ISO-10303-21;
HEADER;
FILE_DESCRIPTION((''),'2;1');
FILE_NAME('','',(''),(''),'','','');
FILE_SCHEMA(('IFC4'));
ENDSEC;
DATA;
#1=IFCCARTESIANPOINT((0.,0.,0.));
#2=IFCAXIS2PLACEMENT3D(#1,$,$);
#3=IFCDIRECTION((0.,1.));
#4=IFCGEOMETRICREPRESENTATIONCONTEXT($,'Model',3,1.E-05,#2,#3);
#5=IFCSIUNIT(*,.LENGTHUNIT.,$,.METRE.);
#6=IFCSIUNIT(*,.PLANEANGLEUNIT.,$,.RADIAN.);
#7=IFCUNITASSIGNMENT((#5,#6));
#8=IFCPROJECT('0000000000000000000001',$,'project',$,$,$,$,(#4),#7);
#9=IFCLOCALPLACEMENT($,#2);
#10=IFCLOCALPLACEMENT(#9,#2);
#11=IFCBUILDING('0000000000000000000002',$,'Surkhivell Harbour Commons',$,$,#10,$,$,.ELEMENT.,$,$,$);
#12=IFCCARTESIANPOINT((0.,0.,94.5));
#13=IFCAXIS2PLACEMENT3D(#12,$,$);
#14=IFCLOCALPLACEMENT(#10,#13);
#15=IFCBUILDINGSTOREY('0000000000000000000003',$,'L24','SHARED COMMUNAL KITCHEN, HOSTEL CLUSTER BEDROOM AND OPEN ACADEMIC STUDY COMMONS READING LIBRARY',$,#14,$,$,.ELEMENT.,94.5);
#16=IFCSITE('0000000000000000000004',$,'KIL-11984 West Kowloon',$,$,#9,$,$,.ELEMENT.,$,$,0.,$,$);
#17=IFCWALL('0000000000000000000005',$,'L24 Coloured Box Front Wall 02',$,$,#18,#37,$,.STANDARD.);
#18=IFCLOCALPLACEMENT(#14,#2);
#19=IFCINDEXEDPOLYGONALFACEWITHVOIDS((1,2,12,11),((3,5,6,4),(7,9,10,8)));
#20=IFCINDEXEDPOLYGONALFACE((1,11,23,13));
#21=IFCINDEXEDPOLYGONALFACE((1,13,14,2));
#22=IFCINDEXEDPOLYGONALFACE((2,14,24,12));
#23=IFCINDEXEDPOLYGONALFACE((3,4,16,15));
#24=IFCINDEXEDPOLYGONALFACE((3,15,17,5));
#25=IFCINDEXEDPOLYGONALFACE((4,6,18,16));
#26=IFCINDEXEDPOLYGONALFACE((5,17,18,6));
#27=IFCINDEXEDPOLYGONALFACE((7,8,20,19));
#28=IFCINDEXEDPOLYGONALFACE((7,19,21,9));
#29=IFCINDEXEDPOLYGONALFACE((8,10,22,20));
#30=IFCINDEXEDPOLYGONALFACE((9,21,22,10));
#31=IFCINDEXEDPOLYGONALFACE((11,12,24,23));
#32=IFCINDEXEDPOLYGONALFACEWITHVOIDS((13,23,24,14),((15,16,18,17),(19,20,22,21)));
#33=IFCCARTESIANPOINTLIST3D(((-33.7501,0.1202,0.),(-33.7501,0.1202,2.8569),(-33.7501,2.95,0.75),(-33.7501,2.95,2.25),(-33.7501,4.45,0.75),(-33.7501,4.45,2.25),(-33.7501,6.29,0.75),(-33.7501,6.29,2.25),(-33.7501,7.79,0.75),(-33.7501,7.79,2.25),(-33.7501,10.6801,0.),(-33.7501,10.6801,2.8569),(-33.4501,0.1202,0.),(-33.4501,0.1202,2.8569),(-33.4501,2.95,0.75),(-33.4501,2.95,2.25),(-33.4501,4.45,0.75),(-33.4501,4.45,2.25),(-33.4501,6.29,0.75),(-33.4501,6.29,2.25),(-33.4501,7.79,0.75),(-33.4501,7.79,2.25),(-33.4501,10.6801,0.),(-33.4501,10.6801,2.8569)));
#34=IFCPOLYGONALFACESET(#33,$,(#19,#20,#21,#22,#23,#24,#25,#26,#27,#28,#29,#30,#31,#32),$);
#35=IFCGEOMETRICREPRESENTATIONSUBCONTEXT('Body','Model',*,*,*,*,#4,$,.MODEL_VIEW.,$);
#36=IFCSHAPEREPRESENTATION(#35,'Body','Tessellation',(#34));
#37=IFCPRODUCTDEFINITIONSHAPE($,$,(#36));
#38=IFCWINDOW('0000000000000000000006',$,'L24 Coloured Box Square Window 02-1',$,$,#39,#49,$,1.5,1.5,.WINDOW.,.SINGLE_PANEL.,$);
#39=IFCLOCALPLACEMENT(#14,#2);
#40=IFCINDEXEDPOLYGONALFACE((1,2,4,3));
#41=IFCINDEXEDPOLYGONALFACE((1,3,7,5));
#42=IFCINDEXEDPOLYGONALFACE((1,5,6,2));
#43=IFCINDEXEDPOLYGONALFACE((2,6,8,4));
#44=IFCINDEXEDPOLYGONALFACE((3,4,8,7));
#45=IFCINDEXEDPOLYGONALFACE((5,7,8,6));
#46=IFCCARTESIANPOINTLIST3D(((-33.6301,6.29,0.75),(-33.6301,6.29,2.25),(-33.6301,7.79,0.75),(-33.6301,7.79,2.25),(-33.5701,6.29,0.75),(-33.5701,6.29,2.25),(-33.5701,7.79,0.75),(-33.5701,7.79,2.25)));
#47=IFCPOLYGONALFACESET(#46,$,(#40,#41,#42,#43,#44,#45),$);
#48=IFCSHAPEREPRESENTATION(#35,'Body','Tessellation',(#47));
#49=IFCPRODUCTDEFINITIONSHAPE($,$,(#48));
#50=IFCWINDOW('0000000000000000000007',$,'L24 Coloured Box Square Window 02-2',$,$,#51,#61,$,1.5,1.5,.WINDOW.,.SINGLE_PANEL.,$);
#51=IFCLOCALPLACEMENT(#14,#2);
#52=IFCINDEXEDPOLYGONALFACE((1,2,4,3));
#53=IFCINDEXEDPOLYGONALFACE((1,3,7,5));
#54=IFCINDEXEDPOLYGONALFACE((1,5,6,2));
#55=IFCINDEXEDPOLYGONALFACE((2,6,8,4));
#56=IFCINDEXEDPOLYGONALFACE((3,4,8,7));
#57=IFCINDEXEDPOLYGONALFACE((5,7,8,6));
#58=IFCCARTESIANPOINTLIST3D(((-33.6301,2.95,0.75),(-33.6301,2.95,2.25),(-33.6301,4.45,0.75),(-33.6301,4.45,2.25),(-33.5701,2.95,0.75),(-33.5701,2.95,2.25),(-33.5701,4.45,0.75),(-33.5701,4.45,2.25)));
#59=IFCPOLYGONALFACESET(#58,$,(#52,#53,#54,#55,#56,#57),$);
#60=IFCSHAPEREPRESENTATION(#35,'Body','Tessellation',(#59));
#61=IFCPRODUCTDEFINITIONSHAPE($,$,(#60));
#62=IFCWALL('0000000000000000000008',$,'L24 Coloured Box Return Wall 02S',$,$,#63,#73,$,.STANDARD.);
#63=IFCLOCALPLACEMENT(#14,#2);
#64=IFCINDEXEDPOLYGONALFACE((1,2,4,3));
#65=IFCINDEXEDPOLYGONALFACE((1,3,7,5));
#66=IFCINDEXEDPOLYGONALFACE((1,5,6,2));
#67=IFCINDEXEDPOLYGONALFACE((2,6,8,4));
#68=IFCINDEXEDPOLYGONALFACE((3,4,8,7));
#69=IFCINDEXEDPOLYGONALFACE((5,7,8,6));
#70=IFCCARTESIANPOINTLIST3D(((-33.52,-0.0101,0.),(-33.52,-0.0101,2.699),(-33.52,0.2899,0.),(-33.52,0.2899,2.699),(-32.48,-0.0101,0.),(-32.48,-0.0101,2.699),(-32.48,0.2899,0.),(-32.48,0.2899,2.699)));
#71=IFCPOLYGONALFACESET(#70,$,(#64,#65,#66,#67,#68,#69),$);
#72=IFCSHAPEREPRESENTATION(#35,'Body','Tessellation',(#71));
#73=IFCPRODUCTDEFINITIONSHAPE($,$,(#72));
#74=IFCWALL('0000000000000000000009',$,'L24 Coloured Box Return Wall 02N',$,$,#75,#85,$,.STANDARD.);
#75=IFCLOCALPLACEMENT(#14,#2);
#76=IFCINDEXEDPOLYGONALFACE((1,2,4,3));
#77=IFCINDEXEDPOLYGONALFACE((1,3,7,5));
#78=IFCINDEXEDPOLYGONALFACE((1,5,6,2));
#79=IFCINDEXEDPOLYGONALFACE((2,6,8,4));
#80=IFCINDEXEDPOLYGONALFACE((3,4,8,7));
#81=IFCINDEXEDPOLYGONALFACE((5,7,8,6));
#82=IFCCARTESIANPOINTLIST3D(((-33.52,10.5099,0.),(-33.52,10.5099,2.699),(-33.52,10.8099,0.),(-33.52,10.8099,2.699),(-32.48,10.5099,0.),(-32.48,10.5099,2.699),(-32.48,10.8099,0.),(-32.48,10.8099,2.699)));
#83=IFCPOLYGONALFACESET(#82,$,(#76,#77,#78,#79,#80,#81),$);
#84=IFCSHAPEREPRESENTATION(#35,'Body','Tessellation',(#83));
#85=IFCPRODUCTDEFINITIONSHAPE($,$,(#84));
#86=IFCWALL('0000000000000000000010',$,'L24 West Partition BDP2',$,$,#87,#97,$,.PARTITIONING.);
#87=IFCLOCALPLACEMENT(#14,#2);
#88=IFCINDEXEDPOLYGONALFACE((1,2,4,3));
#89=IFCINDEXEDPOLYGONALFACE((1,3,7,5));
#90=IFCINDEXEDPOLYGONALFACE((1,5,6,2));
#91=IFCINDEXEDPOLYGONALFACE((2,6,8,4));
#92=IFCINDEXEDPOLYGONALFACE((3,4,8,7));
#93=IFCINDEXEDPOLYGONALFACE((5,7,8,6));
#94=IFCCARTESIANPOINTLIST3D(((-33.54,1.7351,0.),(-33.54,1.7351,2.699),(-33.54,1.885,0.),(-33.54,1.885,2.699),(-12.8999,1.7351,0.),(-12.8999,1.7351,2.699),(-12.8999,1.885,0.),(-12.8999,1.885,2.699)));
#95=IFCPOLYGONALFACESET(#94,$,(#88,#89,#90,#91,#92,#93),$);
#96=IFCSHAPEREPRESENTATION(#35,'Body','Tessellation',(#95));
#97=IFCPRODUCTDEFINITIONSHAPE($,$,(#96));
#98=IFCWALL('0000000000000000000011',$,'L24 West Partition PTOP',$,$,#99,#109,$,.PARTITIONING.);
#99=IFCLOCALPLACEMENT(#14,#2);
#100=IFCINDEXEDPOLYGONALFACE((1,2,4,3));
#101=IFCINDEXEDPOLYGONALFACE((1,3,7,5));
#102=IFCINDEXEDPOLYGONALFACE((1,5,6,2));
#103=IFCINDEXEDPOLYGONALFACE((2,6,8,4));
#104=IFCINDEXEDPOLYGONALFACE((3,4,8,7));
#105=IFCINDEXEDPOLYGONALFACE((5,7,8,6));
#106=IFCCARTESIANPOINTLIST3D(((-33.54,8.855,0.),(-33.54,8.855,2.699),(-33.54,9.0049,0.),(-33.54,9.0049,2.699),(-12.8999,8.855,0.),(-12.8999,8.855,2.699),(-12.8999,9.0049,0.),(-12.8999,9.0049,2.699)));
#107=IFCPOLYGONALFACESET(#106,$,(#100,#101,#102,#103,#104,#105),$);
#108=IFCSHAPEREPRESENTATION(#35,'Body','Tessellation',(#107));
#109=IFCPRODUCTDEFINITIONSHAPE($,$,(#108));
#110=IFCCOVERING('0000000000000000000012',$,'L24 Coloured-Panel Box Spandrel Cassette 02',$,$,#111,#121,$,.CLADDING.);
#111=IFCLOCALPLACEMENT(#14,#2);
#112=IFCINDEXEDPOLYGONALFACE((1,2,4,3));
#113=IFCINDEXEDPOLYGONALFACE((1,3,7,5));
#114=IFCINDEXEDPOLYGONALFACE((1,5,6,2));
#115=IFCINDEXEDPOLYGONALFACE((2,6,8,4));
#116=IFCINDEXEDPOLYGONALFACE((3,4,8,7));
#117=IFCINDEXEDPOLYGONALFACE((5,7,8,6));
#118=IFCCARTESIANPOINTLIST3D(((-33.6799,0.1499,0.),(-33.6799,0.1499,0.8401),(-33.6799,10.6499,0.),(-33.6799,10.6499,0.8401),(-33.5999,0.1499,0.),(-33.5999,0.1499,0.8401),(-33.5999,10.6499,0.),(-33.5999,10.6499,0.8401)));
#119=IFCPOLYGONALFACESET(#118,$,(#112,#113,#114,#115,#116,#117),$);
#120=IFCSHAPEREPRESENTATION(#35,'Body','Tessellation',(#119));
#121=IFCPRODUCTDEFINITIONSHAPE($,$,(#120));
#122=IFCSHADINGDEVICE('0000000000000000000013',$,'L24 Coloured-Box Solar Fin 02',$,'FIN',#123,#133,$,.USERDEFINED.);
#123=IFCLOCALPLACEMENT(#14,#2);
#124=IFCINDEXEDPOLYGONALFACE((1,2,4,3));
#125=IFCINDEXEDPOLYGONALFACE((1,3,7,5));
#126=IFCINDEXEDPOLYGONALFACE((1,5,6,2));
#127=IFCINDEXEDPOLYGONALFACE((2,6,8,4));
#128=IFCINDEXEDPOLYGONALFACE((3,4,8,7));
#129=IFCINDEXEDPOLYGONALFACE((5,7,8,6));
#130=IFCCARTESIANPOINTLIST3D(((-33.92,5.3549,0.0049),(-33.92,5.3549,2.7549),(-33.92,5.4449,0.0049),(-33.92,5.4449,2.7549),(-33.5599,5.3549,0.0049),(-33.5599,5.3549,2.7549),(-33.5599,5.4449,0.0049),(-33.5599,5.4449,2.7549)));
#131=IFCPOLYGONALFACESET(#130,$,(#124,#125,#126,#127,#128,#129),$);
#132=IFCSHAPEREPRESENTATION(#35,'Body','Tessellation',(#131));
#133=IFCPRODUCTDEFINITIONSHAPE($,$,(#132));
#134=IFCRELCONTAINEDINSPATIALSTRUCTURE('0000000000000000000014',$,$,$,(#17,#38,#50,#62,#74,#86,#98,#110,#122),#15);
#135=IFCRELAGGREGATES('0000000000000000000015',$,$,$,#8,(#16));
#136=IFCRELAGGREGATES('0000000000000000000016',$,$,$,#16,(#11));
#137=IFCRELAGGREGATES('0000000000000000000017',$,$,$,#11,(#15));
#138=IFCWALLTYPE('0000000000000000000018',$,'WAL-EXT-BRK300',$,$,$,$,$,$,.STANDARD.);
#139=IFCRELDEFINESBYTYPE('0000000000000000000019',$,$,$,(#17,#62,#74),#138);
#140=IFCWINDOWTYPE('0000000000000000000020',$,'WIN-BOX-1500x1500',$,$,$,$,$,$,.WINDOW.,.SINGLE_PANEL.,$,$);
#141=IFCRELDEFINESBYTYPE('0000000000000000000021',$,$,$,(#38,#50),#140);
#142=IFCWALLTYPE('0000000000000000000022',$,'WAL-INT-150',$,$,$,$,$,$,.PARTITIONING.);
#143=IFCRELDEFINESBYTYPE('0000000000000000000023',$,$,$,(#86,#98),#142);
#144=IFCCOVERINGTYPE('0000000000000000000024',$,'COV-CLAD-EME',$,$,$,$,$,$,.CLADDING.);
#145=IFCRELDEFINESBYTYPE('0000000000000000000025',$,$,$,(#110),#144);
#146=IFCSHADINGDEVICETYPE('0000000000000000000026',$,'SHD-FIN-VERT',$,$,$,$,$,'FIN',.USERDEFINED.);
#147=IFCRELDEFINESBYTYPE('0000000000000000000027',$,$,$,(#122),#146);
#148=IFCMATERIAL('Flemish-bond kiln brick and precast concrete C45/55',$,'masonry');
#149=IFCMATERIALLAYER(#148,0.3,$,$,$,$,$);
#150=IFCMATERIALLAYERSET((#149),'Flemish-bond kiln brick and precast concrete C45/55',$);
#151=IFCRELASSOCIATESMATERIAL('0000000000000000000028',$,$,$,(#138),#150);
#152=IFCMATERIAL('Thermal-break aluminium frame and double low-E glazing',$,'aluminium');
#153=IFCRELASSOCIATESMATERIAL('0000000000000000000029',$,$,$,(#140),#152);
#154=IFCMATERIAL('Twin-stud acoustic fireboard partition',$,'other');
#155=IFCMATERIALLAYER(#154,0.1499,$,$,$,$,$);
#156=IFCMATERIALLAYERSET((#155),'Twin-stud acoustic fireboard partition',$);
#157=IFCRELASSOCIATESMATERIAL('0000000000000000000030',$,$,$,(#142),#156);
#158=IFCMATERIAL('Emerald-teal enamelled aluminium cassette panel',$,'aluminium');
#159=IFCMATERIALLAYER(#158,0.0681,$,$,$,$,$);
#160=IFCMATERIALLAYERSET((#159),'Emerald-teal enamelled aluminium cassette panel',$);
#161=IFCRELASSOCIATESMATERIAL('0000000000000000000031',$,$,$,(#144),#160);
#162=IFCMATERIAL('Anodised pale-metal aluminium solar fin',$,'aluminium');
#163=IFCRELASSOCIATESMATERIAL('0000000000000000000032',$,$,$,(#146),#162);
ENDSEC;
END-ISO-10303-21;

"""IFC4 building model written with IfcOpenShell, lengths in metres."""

from ifc_helpers import new_model, si_unit, direction, frame, frame_2d, origin, origin_2d, place, context, subcontext, project, spatial, rectangle, extrude, material, layer, layer_set, type_object, element, fill, save


model = new_model("IFC4")

# Units and contexts
model_context = context("Model", 3, precision=1e-05, world=origin(), true_north=direction((0.0, 1.0)))
body_context = subcontext(model_context, "Body", "Model", "MODEL_VIEW")
ifc_project = project(units=[si_unit("LENGTHUNIT", "METRE"), si_unit("PLANEANGLEUNIT", "RADIAN")], contexts=[model_context])

# Site, building, storey
site_placement = place(None, origin())
site = spatial("IfcSite", under=ifc_project, at=site_placement, Name="KIL-11984 West Kowloon", CompositionType="ELEMENT", RefElevation=0.0)
building_placement = place(site_placement, origin())
building = spatial("IfcBuilding", under=site, at=building_placement, Name="Surkhivell Harbour Commons", CompositionType="ELEMENT")
storey_placement = place(building_placement, frame((0.0, 0.0, 94.5)))
storey = spatial("IfcBuildingStorey", under=building, at=storey_placement, Name="L24", Description="SHARED COMMUNAL KITCHEN, HOSTEL CLUSTER BEDROOM AND OPEN ACADEMIC STUDY COMMONS READING LIBRARY", CompositionType="ELEMENT", Elevation=94.5)

# Wall, openings, windows
ifc_material_1 = material(Name="Flemish-bond kiln brick and precast concrete C45/55", Category="masonry")
ifc_layer_1 = layer(ifc_material_1, 0.3)
ifc_layer_set_1 = layer_set([ifc_layer_1], Name="Flemish-bond kiln brick and precast concrete C45/55")
wall_type_1 = type_object("IfcWallType", Name="WAL-EXT-BRK300", PredefinedType="STANDARD", material=ifc_layer_set_1)
wall_placement = place(storey_placement, frame((-33.6001, 10.6799, 0.0), z_axis=(0.0, 0.0, 1.0), x_axis=(0.0, -1.0, 0.0)))
wall = element("IfcWall", 1, at=wall_placement, inside=storey, type_object=wall_type_1, Name="L24 Coloured Box Front Wall 02", PredefinedType="STANDARD", context=body_context, shape_type="SweptSolid", body=[
    extrude(rectangle(XDim=10.5598, YDim=0.3, at=frame_2d((5.2798, 0.0))), origin(), (0.0, 0.0, 1.0), 2.8569),
])
opening_1_placement = place(wall_placement, frame((2.8899, 0.0, 0.75)))
opening_1 = element("IfcOpeningElement", 2, at=opening_1_placement, cuts=wall, PredefinedType="OPENING", context=body_context, shape_type="SweptSolid", body=[
    extrude(rectangle(XDim=1.5, YDim=1.5, at=frame_2d((0.75, 0.75))), frame((0.0, 0.1599, 0.0), z_axis=(0.0, -1.0, 0.0), x_axis=(1.0, 0.0, 0.0)), (0.0, 0.0, 1.0), 0.3201),
])
opening_2_placement = place(wall_placement, frame((6.23, 0.0, 0.75)))
opening_2 = element("IfcOpeningElement", 3, at=opening_2_placement, cuts=wall, PredefinedType="OPENING", context=body_context, shape_type="SweptSolid", body=[
    extrude(rectangle(XDim=1.5, YDim=1.5, at=frame_2d((0.75, 0.75))), frame((0.0, 0.1599, 0.0), z_axis=(0.0, -1.0, 0.0), x_axis=(1.0, 0.0, 0.0)), (0.0, 0.0, 1.0), 0.3201),
])
ifc_material_2 = material(Name="Thermal-break aluminium frame and double low-E glazing", Category="aluminium")
window_type = type_object("IfcWindowType", Name="WIN-BOX-1500x1500", PartitioningType="SINGLE_PANEL", PredefinedType="WINDOW", material=ifc_material_2)
window_1_placement = place(opening_1_placement, origin())
window_1 = element("IfcWindow", 4, at=window_1_placement, inside=storey, type_object=window_type, Name="L24 Coloured Box Square Window 02-1", OverallHeight=1.5, OverallWidth=1.5, PartitioningType="SINGLE_PANEL", PredefinedType="WINDOW", context=body_context, shape_type="SweptSolid", body=[
    extrude(rectangle(XDim=1.5, YDim=1.5, at=frame_2d((0.75, 0.75))), frame((0.0, 0.03, 0.0), z_axis=(0.0, -1.0, 0.0), x_axis=(1.0, 0.0, 0.0)), (0.0, 0.0, 1.0), 0.0601),
])
fill(opening_1, window_1)
window_2_placement = place(opening_2_placement, origin())
window_2 = element("IfcWindow", 5, at=window_2_placement, inside=storey, type_object=window_type, Name="L24 Coloured Box Square Window 02-2", OverallHeight=1.5, OverallWidth=1.5, PartitioningType="SINGLE_PANEL", PredefinedType="WINDOW", context=body_context, shape_type="SweptSolid", body=[
    extrude(rectangle(XDim=1.5, YDim=1.5, at=frame_2d((0.75, 0.75))), frame((0.0, 0.03, 0.0), z_axis=(0.0, -1.0, 0.0), x_axis=(1.0, 0.0, 0.0)), (0.0, 0.0, 1.0), 0.0601),
])
fill(opening_2, window_2)

# Walls
for number, where, z_axis, x_axis, name in (
    (6, (-33.52, 0.1399, 0.0), (0.0, 0.0, 1.0), (1.0, 0.0, 0.0), "L24 Coloured Box Return Wall 02S"),
    (7, (-33.52, 10.6599, 0.0), (0.0, 0.0, 1.0), (1.0, 0.0, 0.0), "L24 Coloured Box Return Wall 02N"),
):
    element("IfcWall", number, at=place(storey_placement, frame(where, z_axis=z_axis, x_axis=x_axis)), inside=storey, type_object=wall_type_1, Name=name, PredefinedType="STANDARD", context=body_context, shape_type="SweptSolid", body=[
        extrude(rectangle(XDim=1.04, YDim=0.3, at=frame_2d((0.52, 0.0))), origin(), (0.0, 0.0, 1.0), 2.699),
    ])
ifc_material_3 = material(Name="Twin-stud acoustic fireboard partition", Category="other")
ifc_layer_2 = layer(ifc_material_3, 0.1499)
ifc_layer_set_2 = layer_set([ifc_layer_2], Name="Twin-stud acoustic fireboard partition")
wall_type_2 = type_object("IfcWallType", Name="WAL-INT-150", PredefinedType="PARTITIONING", material=ifc_layer_set_2)
for number, where, z_axis, x_axis, name in (
    (8, (-33.54, 1.8101, 0.0), (0.0, 0.0, 1.0), (1.0, 0.0, 0.0), "L24 West Partition BDP2"),
    (9, (-33.54, 8.9299, 0.0), (0.0, 0.0, 1.0), (1.0, 0.0, 0.0), "L24 West Partition PTOP"),
):
    element("IfcWall", number, at=place(storey_placement, frame(where, z_axis=z_axis, x_axis=x_axis)), inside=storey, type_object=wall_type_2, Name=name, PredefinedType="PARTITIONING", context=body_context, shape_type="SweptSolid", body=[
        extrude(rectangle(XDim=20.6401, YDim=0.1499, at=frame_2d((10.3201, 0.0))), origin(), (0.0, 0.0, 1.0), 2.699),
    ])

# Covering
ifc_material_4 = material(Name="Emerald-teal enamelled aluminium cassette panel", Category="aluminium")
ifc_layer_3 = layer(ifc_material_4, 0.0681)
ifc_layer_set_3 = layer_set([ifc_layer_3], Name="Emerald-teal enamelled aluminium cassette panel")
covering_type = type_object("IfcCoveringType", Name="COV-CLAD-EME", PredefinedType="CLADDING", material=ifc_layer_set_3)
covering_placement = place(storey_placement, frame((-33.6399, 5.3999, 0.0), z_axis=(0.0, 0.0, 1.0), x_axis=(1.0, 0.0, 0.0)))
element("IfcCovering", 10, at=covering_placement, inside=storey, type_object=covering_type, Name="L24 Coloured-Panel Box Spandrel Cassette 02", PredefinedType="CLADDING", context=body_context, shape_type="SweptSolid", body=[
    extrude(rectangle(XDim=0.0801, YDim=10.5, at=origin_2d()), origin(), (0.0, 0.0, 1.0), 0.8401),
])

# Shading device
ifc_material_5 = material(Name="Anodised pale-metal aluminium solar fin", Category="aluminium")
shading_device_type = type_object("IfcShadingDeviceType", Name="SHD-FIN-VERT", ElementType="FIN", PredefinedType="USERDEFINED", material=ifc_material_5)
shading_device_placement = place(storey_placement, frame((-33.74, 5.3999, 0.0049), z_axis=(0.0, 0.0, 1.0), x_axis=(1.0, 0.0, 0.0)))
element("IfcShadingDevice", 11, at=shading_device_placement, inside=storey, type_object=shading_device_type, Name="L24 Coloured-Box Solar Fin 02", ObjectType="FIN", PredefinedType="USERDEFINED", context=body_context, shape_type="SweptSolid", body=[
    extrude(rectangle(XDim=0.3601, YDim=0.0901, at=origin_2d()), origin(), (0.0, 0.0, 1.0), 2.75),
])

save(model, "model.ifc")
